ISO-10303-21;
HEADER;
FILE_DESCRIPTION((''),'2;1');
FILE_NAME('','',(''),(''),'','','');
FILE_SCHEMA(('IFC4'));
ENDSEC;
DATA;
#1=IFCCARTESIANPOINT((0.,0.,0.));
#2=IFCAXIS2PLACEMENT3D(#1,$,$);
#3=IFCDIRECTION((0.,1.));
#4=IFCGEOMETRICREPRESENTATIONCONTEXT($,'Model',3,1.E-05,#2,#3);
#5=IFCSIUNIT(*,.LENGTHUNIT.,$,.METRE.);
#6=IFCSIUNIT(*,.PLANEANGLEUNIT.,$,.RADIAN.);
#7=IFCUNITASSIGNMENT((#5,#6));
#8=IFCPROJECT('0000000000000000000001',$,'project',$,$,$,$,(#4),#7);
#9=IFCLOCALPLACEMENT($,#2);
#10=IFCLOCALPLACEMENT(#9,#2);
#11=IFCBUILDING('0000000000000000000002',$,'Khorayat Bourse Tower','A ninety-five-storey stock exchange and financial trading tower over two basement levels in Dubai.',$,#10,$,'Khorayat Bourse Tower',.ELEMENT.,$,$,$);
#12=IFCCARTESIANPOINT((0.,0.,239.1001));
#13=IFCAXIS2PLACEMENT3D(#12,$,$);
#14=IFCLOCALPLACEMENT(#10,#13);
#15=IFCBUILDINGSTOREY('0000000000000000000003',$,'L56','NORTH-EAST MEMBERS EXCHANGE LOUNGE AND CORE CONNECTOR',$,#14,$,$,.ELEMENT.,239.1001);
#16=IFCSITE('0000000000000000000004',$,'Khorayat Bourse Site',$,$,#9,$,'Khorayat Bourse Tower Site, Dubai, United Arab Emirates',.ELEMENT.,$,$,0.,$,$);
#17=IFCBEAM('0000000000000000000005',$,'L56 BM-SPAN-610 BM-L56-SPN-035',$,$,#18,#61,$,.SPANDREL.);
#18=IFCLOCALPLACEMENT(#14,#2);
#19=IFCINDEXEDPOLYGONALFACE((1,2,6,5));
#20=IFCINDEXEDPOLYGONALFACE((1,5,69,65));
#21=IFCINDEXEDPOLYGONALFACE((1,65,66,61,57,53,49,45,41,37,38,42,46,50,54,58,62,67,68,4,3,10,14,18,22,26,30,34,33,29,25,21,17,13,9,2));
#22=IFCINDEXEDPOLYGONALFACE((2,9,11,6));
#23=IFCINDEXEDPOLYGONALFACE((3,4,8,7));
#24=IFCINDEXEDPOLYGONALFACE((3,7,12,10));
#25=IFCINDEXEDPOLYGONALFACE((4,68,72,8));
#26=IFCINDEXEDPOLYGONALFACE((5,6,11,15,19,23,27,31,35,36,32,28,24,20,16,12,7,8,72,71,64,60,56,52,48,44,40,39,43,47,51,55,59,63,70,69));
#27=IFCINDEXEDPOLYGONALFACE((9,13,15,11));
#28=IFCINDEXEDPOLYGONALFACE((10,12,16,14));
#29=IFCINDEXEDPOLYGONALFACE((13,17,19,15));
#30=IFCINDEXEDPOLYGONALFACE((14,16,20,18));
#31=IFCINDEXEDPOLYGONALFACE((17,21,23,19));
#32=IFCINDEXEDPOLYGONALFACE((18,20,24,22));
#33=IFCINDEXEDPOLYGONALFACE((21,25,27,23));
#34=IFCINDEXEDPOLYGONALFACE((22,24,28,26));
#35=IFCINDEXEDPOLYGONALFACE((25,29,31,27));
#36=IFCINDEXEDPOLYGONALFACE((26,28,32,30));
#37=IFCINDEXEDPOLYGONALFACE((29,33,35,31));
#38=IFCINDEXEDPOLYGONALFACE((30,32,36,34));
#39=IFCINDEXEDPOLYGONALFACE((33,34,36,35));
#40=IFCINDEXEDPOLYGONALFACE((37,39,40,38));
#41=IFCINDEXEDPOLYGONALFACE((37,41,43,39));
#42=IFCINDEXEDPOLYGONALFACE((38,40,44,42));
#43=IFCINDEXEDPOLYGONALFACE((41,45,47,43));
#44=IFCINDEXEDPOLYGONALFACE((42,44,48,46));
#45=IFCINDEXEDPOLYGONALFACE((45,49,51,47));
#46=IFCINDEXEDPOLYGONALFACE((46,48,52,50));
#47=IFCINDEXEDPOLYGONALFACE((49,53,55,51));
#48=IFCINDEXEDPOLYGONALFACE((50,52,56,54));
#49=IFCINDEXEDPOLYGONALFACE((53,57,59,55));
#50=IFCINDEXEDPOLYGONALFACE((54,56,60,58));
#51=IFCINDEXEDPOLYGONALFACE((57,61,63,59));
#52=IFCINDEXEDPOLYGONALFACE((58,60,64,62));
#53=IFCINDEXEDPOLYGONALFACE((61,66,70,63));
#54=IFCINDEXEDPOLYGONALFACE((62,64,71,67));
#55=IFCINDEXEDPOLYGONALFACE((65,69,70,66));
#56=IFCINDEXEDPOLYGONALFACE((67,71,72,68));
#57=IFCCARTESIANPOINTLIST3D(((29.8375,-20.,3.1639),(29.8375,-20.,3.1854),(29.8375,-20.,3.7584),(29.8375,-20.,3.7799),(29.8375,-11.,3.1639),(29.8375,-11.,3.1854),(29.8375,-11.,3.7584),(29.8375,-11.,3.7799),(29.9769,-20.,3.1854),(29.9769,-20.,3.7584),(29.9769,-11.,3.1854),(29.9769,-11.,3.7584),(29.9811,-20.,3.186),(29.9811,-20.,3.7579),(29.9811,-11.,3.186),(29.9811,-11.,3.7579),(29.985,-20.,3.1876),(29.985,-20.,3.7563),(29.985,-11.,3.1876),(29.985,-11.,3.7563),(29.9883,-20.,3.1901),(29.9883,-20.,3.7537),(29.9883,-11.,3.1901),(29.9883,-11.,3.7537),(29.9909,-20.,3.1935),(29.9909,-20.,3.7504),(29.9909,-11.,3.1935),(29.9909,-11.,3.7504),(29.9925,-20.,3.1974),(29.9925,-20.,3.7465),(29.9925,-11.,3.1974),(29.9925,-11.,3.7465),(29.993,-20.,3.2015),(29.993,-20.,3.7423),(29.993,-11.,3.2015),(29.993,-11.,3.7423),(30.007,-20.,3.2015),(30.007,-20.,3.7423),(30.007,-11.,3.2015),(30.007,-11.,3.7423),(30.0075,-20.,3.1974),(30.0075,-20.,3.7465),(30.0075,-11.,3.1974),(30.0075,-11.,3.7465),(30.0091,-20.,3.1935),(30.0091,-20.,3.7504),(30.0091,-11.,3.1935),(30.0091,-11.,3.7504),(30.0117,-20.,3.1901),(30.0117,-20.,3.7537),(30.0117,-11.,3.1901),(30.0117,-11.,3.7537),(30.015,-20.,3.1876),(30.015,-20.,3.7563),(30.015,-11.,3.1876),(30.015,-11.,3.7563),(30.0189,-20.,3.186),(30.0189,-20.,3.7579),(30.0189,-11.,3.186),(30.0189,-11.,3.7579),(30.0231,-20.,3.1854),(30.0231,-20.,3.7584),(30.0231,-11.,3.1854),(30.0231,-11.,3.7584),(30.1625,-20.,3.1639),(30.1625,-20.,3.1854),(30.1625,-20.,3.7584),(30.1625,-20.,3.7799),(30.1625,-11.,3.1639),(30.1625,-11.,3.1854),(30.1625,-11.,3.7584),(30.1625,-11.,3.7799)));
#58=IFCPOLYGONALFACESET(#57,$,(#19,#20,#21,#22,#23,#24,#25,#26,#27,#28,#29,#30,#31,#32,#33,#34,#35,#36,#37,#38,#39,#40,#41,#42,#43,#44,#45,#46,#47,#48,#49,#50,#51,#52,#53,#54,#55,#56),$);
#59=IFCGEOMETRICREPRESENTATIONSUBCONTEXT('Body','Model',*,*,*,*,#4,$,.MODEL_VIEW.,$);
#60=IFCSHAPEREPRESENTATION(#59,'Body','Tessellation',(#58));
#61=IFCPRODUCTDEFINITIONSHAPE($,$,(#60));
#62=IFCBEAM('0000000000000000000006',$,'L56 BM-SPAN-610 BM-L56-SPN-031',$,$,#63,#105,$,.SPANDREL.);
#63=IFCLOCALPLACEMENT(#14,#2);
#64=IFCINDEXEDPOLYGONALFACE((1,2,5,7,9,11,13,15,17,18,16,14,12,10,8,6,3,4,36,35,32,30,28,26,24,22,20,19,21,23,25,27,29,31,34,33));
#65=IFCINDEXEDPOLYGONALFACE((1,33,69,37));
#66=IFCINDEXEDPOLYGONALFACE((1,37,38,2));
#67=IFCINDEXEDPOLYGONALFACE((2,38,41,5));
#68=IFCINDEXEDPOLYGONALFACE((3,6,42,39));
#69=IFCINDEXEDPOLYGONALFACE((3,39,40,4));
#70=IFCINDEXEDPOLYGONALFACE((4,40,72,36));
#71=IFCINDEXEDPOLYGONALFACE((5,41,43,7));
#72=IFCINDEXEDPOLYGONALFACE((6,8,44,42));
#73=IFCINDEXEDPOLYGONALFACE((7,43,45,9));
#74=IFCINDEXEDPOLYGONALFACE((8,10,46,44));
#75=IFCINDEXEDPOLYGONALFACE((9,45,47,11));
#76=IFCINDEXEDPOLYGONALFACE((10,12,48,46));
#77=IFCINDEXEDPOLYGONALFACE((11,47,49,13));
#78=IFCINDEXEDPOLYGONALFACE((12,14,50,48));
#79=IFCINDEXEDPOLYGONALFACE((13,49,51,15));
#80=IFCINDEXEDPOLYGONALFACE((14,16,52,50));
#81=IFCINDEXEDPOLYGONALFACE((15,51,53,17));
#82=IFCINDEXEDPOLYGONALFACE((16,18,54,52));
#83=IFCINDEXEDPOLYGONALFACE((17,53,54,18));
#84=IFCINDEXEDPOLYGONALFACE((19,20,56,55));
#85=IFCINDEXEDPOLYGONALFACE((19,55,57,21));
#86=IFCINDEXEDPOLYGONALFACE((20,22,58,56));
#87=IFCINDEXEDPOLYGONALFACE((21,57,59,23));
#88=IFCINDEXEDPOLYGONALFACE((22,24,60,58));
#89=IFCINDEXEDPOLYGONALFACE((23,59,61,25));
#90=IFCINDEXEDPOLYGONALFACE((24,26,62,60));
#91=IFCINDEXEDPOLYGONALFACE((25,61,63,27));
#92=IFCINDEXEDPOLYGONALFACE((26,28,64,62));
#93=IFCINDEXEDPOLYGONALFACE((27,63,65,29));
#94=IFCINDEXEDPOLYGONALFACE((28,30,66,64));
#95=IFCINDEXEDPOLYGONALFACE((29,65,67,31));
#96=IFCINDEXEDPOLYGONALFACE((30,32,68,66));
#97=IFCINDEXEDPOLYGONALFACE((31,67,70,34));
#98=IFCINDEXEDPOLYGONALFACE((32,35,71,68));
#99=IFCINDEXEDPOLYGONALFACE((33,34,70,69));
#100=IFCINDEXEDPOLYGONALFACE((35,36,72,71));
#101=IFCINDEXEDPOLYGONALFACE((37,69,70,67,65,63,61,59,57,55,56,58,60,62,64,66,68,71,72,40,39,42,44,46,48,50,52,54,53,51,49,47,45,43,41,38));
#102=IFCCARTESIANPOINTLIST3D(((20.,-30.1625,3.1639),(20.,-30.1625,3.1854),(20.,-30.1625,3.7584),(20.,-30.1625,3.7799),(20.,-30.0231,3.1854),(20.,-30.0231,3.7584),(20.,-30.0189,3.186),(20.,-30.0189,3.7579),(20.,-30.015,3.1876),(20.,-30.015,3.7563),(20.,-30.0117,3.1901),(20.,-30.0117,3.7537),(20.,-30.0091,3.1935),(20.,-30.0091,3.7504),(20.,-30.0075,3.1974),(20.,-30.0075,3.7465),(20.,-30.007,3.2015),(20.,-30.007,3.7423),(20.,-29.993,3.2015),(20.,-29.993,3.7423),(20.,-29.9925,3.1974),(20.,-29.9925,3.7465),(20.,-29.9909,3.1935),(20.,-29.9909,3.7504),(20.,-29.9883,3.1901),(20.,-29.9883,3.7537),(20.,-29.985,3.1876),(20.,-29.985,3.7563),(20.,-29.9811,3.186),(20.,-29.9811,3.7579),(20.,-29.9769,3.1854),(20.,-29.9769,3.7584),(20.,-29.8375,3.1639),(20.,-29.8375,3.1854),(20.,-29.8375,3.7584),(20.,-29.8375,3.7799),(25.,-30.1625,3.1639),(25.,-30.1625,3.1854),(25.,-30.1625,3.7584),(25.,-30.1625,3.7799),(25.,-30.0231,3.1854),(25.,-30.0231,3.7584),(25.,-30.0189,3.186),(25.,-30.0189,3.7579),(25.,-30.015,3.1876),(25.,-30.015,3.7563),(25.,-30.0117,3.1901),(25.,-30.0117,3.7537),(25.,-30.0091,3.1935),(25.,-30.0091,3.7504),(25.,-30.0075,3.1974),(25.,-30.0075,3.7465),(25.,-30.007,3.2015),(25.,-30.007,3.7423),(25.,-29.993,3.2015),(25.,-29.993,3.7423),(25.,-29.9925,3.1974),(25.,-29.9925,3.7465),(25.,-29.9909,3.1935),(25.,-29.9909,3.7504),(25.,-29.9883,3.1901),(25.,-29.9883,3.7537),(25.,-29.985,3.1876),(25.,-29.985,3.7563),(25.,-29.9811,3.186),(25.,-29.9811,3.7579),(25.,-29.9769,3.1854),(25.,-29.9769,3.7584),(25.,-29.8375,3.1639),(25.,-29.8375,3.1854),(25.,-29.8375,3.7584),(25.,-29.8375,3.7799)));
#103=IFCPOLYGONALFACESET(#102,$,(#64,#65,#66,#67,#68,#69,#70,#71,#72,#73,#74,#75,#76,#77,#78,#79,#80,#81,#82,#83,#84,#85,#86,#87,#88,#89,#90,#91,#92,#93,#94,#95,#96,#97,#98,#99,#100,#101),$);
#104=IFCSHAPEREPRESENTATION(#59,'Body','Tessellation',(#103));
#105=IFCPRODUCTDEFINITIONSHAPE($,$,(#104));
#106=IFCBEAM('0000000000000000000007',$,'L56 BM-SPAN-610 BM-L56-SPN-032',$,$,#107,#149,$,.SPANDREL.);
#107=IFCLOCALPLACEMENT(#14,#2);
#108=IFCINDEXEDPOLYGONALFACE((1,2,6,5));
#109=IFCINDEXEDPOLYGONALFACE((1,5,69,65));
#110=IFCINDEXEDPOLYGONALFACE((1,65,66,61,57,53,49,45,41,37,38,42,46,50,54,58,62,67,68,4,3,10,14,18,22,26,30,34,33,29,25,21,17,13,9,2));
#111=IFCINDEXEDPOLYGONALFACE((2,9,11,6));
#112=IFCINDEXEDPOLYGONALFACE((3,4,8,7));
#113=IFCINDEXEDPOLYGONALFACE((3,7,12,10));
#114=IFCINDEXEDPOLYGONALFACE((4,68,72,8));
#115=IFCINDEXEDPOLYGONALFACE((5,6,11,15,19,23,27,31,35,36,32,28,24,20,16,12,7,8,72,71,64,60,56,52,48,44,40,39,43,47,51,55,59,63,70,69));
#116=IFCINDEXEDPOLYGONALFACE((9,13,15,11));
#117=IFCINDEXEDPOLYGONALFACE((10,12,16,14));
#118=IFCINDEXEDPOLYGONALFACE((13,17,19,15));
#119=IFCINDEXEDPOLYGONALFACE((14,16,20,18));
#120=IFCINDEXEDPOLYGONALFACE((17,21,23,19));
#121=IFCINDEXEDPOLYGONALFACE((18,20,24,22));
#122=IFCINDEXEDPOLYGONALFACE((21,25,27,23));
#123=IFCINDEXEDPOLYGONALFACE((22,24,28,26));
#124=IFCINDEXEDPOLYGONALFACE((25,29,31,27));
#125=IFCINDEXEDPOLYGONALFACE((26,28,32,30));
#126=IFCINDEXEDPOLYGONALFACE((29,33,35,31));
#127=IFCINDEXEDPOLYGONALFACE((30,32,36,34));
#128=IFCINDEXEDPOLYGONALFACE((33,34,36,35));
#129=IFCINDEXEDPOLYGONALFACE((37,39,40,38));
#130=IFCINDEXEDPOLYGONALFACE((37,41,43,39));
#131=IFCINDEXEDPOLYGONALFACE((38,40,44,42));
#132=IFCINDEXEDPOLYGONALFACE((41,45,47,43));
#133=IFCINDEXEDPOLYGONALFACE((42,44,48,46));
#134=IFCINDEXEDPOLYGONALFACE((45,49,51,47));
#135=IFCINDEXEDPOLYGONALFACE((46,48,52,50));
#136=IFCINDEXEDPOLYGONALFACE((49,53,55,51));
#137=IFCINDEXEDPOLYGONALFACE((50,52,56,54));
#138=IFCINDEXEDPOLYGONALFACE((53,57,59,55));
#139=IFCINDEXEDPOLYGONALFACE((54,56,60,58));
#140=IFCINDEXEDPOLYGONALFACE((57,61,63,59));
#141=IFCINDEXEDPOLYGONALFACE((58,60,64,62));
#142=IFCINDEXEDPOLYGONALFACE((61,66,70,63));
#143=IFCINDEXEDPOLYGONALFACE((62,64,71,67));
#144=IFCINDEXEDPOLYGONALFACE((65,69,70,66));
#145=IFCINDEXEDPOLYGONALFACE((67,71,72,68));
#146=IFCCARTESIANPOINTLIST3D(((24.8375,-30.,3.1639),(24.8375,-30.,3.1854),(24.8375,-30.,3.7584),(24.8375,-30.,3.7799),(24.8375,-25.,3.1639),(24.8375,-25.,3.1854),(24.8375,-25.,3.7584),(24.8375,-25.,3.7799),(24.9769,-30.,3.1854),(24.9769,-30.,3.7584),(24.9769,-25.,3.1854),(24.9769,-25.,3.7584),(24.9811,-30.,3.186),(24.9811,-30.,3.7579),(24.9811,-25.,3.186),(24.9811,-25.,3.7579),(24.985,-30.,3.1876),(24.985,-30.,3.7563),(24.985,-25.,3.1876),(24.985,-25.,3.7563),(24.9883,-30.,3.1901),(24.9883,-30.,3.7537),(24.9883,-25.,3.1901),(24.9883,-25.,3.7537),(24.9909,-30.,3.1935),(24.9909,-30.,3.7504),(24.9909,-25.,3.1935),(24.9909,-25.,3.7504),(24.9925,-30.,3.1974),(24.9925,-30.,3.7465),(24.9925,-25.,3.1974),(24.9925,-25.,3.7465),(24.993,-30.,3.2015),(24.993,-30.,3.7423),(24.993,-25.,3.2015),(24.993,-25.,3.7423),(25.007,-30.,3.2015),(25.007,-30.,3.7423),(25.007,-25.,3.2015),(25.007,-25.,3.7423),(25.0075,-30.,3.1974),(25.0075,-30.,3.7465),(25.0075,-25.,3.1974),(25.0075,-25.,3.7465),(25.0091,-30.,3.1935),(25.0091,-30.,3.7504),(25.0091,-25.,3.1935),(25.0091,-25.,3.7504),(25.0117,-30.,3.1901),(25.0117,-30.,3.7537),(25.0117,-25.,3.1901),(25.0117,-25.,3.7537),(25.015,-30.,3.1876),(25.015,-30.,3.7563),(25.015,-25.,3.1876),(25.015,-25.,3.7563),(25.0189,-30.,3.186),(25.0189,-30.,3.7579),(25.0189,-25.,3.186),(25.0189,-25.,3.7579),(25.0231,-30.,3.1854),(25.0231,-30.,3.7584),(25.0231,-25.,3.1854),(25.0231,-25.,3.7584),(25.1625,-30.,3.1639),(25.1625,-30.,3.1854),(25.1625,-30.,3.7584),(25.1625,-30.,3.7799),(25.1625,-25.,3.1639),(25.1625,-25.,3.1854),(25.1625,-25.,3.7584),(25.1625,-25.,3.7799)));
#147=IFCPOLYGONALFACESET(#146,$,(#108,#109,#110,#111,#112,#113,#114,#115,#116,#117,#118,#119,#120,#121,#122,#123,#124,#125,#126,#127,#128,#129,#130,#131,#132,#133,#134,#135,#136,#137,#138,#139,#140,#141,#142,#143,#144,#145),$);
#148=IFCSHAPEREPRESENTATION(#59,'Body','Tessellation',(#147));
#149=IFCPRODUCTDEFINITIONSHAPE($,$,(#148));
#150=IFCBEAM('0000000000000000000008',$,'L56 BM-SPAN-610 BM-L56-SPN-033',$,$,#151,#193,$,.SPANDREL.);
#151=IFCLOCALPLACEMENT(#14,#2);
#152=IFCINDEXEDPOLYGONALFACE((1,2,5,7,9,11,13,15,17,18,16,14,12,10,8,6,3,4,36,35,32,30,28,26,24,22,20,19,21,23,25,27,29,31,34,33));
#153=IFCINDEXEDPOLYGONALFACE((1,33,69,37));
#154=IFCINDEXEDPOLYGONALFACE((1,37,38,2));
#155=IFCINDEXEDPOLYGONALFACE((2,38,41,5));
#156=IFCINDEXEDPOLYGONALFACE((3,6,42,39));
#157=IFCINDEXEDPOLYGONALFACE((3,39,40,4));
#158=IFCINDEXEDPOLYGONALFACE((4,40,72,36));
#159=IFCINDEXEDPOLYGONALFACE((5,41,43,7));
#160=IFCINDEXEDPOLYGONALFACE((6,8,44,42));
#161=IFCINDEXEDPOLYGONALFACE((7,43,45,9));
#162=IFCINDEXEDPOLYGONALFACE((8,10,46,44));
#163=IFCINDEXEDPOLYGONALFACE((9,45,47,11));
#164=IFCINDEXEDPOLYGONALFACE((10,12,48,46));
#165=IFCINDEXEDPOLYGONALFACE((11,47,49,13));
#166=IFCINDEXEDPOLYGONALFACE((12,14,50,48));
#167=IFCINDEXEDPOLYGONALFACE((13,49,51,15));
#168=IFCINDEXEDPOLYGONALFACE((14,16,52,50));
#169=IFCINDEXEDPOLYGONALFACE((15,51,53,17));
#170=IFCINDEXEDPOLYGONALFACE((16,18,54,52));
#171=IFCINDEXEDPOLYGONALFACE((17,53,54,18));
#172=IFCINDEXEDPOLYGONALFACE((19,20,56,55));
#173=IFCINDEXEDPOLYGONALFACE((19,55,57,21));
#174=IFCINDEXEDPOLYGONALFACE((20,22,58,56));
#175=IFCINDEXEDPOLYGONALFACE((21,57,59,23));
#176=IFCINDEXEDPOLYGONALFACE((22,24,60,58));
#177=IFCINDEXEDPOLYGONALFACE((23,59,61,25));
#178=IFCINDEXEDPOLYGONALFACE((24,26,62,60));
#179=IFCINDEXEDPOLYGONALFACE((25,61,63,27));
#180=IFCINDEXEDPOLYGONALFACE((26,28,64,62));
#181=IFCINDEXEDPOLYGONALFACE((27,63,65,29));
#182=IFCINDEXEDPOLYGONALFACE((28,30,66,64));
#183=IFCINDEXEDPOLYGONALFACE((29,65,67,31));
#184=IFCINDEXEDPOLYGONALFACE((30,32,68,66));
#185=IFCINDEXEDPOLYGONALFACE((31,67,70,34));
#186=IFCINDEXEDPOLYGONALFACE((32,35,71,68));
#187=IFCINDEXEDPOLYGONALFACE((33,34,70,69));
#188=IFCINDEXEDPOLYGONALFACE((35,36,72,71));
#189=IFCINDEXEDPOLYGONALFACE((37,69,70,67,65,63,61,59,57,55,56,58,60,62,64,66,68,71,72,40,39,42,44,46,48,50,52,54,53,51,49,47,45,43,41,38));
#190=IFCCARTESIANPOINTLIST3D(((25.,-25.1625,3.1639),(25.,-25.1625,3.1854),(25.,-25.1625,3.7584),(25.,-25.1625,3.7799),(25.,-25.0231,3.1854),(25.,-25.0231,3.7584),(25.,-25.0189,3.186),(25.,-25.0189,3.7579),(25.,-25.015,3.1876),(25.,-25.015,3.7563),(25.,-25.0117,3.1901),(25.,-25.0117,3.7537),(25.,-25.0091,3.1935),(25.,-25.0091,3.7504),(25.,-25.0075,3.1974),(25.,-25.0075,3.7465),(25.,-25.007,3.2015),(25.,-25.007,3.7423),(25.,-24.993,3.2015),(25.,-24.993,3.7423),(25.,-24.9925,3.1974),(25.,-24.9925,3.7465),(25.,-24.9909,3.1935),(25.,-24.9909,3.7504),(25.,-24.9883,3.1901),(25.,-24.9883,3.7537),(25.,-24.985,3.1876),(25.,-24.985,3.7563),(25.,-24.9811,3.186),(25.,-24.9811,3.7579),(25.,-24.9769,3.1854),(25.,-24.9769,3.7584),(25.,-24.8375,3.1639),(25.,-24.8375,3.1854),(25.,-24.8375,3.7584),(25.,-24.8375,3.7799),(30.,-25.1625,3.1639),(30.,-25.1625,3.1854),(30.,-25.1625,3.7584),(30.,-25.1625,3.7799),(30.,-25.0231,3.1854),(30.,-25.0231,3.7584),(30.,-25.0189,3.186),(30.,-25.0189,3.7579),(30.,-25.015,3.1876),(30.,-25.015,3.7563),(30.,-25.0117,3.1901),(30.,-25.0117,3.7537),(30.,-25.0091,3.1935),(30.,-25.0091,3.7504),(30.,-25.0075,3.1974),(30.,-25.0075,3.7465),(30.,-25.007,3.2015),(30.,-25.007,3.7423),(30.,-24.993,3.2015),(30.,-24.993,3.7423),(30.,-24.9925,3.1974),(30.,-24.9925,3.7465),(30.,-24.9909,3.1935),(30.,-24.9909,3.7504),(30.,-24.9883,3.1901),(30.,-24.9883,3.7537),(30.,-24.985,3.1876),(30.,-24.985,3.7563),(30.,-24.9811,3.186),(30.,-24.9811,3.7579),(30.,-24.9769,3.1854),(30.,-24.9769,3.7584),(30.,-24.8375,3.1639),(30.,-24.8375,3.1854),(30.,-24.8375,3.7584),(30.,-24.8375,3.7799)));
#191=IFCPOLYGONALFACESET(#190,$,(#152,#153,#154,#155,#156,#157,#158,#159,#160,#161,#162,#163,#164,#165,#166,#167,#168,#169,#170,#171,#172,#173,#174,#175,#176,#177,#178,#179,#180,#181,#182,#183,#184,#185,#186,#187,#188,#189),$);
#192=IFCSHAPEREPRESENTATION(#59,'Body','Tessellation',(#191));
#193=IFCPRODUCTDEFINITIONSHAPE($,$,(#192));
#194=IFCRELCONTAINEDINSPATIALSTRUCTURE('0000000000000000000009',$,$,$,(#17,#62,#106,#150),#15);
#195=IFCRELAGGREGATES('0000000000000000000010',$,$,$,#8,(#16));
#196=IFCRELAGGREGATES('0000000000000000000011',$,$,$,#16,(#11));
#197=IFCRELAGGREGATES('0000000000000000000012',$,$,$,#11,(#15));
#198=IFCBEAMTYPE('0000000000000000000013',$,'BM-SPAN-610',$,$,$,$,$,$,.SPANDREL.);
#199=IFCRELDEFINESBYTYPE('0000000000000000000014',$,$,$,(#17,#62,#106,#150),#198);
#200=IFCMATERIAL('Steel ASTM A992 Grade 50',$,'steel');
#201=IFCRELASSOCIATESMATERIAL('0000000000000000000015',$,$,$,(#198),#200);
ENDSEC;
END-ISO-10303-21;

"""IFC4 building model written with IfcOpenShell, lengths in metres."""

from ifc_helpers import new_model, si_unit, direction, frame, origin, origin_2d, place, context, subcontext, project, spatial, i_section, extrude, source, transform, mapped, material, material_profile, profile_set, type_object, element, save


model = new_model("IFC4")

# Units and contexts
model_context = context("Model", 3, precision=1e-05, world=origin(), true_north=direction((0.0, 1.0)))
body_context = subcontext(model_context, "Body", "Model", "MODEL_VIEW")
ifc_project = project(units=[si_unit("LENGTHUNIT", "METRE"), si_unit("PLANEANGLEUNIT", "RADIAN")], contexts=[model_context])

# Site, building, storey
site_placement = place(None, origin())
site = spatial("IfcSite", under=ifc_project, at=site_placement, Name="Khorayat Bourse Site", LongName="Khorayat Bourse Tower Site, Dubai, United Arab Emirates", CompositionType="ELEMENT", RefElevation=0.0)
building_placement = place(site_placement, origin())
building = spatial("IfcBuilding", under=site, at=building_placement, Name="Khorayat Bourse Tower", Description="A ninety-five-storey stock exchange and financial trading tower over two basement levels in Dubai.", LongName="Khorayat Bourse Tower", CompositionType="ELEMENT")
storey_placement = place(building_placement, frame((0.0, 0.0, 239.1001)))
storey = spatial("IfcBuildingStorey", under=building, at=storey_placement, Name="L56", Description="NORTH-EAST MEMBERS EXCHANGE LOUNGE AND CORE CONNECTOR", CompositionType="ELEMENT", Elevation=239.1001)

# Beams
ifc_material_1 = material(Name="Steel ASTM A992 Grade 50", Category="steel")
ifc_material_profile_1 = material_profile(ifc_material_1, i_section(OverallWidth=0.325, OverallDepth=0.616, WebThickness=0.0139, FlangeThickness=0.0215, FilletRadius=0.0161, at=origin_2d()), Name="W610X174")
ifc_profile_set_1 = profile_set([ifc_material_profile_1], Name="Steel ASTM A992 Grade 50")
beam_type_1 = type_object("IfcBeamType", Name="BM-SPAN-610", PredefinedType="SPANDREL", material=ifc_profile_set_1)
shared_shape_1 = source(origin(), body_context, "Body", "SweptSolid", [
    extrude(i_section(OverallWidth=0.325, OverallDepth=0.616, WebThickness=0.0139, FlangeThickness=0.0215, FilletRadius=0.0161, at=origin_2d()), origin(), (0.0, 0.0, 1.0), 9.0),
])
beam_1_placement = place(storey_placement, frame((30.0, -20.0, 3.4719), z_axis=(0.0, 1.0, 0.0), x_axis=(-1.0, 0.0, 0.0)))
element("IfcBeam", 1, at=beam_1_placement, inside=storey, type_object=beam_type_1, Name="L56 BM-SPAN-610 BM-L56-SPN-035", PredefinedType="SPANDREL", context=body_context, shape_type="MappedRepresentation", body=[
    mapped(shared_shape_1, transform((0.0, 0.0, 0.0), scale=1.0)),
])
shared_shape_2 = source(origin(), body_context, "Body", "SweptSolid", [
    extrude(i_section(OverallWidth=0.325, OverallDepth=0.616, WebThickness=0.0139, FlangeThickness=0.0215, FilletRadius=0.0161, at=origin_2d()), origin(), (0.0, 0.0, 1.0), 5.0),
])
for number, where, z_axis, x_axis, name in (
    (2, (20.0, -30.0, 3.4719), (1.0, 0.0, 0.0), (0.0, 1.0, 0.0), "L56 BM-SPAN-610 BM-L56-SPN-031"),
    (3, (25.0, -30.0, 3.4719), (0.0, 1.0, 0.0), (-1.0, 0.0, 0.0), "L56 BM-SPAN-610 BM-L56-SPN-032"),
    (4, (25.0, -25.0, 3.4719), (1.0, 0.0, 0.0), (0.0, 1.0, 0.0), "L56 BM-SPAN-610 BM-L56-SPN-033"),
):
    element("IfcBeam", number, at=place(storey_placement, frame(where, z_axis=z_axis, x_axis=x_axis)), inside=storey, type_object=beam_type_1, Name=name, PredefinedType="SPANDREL", context=body_context, shape_type="MappedRepresentation", body=[
        mapped(shared_shape_2, transform((0.0, 0.0, 0.0), scale=1.0)),
    ])

save(model, "model.ifc")
